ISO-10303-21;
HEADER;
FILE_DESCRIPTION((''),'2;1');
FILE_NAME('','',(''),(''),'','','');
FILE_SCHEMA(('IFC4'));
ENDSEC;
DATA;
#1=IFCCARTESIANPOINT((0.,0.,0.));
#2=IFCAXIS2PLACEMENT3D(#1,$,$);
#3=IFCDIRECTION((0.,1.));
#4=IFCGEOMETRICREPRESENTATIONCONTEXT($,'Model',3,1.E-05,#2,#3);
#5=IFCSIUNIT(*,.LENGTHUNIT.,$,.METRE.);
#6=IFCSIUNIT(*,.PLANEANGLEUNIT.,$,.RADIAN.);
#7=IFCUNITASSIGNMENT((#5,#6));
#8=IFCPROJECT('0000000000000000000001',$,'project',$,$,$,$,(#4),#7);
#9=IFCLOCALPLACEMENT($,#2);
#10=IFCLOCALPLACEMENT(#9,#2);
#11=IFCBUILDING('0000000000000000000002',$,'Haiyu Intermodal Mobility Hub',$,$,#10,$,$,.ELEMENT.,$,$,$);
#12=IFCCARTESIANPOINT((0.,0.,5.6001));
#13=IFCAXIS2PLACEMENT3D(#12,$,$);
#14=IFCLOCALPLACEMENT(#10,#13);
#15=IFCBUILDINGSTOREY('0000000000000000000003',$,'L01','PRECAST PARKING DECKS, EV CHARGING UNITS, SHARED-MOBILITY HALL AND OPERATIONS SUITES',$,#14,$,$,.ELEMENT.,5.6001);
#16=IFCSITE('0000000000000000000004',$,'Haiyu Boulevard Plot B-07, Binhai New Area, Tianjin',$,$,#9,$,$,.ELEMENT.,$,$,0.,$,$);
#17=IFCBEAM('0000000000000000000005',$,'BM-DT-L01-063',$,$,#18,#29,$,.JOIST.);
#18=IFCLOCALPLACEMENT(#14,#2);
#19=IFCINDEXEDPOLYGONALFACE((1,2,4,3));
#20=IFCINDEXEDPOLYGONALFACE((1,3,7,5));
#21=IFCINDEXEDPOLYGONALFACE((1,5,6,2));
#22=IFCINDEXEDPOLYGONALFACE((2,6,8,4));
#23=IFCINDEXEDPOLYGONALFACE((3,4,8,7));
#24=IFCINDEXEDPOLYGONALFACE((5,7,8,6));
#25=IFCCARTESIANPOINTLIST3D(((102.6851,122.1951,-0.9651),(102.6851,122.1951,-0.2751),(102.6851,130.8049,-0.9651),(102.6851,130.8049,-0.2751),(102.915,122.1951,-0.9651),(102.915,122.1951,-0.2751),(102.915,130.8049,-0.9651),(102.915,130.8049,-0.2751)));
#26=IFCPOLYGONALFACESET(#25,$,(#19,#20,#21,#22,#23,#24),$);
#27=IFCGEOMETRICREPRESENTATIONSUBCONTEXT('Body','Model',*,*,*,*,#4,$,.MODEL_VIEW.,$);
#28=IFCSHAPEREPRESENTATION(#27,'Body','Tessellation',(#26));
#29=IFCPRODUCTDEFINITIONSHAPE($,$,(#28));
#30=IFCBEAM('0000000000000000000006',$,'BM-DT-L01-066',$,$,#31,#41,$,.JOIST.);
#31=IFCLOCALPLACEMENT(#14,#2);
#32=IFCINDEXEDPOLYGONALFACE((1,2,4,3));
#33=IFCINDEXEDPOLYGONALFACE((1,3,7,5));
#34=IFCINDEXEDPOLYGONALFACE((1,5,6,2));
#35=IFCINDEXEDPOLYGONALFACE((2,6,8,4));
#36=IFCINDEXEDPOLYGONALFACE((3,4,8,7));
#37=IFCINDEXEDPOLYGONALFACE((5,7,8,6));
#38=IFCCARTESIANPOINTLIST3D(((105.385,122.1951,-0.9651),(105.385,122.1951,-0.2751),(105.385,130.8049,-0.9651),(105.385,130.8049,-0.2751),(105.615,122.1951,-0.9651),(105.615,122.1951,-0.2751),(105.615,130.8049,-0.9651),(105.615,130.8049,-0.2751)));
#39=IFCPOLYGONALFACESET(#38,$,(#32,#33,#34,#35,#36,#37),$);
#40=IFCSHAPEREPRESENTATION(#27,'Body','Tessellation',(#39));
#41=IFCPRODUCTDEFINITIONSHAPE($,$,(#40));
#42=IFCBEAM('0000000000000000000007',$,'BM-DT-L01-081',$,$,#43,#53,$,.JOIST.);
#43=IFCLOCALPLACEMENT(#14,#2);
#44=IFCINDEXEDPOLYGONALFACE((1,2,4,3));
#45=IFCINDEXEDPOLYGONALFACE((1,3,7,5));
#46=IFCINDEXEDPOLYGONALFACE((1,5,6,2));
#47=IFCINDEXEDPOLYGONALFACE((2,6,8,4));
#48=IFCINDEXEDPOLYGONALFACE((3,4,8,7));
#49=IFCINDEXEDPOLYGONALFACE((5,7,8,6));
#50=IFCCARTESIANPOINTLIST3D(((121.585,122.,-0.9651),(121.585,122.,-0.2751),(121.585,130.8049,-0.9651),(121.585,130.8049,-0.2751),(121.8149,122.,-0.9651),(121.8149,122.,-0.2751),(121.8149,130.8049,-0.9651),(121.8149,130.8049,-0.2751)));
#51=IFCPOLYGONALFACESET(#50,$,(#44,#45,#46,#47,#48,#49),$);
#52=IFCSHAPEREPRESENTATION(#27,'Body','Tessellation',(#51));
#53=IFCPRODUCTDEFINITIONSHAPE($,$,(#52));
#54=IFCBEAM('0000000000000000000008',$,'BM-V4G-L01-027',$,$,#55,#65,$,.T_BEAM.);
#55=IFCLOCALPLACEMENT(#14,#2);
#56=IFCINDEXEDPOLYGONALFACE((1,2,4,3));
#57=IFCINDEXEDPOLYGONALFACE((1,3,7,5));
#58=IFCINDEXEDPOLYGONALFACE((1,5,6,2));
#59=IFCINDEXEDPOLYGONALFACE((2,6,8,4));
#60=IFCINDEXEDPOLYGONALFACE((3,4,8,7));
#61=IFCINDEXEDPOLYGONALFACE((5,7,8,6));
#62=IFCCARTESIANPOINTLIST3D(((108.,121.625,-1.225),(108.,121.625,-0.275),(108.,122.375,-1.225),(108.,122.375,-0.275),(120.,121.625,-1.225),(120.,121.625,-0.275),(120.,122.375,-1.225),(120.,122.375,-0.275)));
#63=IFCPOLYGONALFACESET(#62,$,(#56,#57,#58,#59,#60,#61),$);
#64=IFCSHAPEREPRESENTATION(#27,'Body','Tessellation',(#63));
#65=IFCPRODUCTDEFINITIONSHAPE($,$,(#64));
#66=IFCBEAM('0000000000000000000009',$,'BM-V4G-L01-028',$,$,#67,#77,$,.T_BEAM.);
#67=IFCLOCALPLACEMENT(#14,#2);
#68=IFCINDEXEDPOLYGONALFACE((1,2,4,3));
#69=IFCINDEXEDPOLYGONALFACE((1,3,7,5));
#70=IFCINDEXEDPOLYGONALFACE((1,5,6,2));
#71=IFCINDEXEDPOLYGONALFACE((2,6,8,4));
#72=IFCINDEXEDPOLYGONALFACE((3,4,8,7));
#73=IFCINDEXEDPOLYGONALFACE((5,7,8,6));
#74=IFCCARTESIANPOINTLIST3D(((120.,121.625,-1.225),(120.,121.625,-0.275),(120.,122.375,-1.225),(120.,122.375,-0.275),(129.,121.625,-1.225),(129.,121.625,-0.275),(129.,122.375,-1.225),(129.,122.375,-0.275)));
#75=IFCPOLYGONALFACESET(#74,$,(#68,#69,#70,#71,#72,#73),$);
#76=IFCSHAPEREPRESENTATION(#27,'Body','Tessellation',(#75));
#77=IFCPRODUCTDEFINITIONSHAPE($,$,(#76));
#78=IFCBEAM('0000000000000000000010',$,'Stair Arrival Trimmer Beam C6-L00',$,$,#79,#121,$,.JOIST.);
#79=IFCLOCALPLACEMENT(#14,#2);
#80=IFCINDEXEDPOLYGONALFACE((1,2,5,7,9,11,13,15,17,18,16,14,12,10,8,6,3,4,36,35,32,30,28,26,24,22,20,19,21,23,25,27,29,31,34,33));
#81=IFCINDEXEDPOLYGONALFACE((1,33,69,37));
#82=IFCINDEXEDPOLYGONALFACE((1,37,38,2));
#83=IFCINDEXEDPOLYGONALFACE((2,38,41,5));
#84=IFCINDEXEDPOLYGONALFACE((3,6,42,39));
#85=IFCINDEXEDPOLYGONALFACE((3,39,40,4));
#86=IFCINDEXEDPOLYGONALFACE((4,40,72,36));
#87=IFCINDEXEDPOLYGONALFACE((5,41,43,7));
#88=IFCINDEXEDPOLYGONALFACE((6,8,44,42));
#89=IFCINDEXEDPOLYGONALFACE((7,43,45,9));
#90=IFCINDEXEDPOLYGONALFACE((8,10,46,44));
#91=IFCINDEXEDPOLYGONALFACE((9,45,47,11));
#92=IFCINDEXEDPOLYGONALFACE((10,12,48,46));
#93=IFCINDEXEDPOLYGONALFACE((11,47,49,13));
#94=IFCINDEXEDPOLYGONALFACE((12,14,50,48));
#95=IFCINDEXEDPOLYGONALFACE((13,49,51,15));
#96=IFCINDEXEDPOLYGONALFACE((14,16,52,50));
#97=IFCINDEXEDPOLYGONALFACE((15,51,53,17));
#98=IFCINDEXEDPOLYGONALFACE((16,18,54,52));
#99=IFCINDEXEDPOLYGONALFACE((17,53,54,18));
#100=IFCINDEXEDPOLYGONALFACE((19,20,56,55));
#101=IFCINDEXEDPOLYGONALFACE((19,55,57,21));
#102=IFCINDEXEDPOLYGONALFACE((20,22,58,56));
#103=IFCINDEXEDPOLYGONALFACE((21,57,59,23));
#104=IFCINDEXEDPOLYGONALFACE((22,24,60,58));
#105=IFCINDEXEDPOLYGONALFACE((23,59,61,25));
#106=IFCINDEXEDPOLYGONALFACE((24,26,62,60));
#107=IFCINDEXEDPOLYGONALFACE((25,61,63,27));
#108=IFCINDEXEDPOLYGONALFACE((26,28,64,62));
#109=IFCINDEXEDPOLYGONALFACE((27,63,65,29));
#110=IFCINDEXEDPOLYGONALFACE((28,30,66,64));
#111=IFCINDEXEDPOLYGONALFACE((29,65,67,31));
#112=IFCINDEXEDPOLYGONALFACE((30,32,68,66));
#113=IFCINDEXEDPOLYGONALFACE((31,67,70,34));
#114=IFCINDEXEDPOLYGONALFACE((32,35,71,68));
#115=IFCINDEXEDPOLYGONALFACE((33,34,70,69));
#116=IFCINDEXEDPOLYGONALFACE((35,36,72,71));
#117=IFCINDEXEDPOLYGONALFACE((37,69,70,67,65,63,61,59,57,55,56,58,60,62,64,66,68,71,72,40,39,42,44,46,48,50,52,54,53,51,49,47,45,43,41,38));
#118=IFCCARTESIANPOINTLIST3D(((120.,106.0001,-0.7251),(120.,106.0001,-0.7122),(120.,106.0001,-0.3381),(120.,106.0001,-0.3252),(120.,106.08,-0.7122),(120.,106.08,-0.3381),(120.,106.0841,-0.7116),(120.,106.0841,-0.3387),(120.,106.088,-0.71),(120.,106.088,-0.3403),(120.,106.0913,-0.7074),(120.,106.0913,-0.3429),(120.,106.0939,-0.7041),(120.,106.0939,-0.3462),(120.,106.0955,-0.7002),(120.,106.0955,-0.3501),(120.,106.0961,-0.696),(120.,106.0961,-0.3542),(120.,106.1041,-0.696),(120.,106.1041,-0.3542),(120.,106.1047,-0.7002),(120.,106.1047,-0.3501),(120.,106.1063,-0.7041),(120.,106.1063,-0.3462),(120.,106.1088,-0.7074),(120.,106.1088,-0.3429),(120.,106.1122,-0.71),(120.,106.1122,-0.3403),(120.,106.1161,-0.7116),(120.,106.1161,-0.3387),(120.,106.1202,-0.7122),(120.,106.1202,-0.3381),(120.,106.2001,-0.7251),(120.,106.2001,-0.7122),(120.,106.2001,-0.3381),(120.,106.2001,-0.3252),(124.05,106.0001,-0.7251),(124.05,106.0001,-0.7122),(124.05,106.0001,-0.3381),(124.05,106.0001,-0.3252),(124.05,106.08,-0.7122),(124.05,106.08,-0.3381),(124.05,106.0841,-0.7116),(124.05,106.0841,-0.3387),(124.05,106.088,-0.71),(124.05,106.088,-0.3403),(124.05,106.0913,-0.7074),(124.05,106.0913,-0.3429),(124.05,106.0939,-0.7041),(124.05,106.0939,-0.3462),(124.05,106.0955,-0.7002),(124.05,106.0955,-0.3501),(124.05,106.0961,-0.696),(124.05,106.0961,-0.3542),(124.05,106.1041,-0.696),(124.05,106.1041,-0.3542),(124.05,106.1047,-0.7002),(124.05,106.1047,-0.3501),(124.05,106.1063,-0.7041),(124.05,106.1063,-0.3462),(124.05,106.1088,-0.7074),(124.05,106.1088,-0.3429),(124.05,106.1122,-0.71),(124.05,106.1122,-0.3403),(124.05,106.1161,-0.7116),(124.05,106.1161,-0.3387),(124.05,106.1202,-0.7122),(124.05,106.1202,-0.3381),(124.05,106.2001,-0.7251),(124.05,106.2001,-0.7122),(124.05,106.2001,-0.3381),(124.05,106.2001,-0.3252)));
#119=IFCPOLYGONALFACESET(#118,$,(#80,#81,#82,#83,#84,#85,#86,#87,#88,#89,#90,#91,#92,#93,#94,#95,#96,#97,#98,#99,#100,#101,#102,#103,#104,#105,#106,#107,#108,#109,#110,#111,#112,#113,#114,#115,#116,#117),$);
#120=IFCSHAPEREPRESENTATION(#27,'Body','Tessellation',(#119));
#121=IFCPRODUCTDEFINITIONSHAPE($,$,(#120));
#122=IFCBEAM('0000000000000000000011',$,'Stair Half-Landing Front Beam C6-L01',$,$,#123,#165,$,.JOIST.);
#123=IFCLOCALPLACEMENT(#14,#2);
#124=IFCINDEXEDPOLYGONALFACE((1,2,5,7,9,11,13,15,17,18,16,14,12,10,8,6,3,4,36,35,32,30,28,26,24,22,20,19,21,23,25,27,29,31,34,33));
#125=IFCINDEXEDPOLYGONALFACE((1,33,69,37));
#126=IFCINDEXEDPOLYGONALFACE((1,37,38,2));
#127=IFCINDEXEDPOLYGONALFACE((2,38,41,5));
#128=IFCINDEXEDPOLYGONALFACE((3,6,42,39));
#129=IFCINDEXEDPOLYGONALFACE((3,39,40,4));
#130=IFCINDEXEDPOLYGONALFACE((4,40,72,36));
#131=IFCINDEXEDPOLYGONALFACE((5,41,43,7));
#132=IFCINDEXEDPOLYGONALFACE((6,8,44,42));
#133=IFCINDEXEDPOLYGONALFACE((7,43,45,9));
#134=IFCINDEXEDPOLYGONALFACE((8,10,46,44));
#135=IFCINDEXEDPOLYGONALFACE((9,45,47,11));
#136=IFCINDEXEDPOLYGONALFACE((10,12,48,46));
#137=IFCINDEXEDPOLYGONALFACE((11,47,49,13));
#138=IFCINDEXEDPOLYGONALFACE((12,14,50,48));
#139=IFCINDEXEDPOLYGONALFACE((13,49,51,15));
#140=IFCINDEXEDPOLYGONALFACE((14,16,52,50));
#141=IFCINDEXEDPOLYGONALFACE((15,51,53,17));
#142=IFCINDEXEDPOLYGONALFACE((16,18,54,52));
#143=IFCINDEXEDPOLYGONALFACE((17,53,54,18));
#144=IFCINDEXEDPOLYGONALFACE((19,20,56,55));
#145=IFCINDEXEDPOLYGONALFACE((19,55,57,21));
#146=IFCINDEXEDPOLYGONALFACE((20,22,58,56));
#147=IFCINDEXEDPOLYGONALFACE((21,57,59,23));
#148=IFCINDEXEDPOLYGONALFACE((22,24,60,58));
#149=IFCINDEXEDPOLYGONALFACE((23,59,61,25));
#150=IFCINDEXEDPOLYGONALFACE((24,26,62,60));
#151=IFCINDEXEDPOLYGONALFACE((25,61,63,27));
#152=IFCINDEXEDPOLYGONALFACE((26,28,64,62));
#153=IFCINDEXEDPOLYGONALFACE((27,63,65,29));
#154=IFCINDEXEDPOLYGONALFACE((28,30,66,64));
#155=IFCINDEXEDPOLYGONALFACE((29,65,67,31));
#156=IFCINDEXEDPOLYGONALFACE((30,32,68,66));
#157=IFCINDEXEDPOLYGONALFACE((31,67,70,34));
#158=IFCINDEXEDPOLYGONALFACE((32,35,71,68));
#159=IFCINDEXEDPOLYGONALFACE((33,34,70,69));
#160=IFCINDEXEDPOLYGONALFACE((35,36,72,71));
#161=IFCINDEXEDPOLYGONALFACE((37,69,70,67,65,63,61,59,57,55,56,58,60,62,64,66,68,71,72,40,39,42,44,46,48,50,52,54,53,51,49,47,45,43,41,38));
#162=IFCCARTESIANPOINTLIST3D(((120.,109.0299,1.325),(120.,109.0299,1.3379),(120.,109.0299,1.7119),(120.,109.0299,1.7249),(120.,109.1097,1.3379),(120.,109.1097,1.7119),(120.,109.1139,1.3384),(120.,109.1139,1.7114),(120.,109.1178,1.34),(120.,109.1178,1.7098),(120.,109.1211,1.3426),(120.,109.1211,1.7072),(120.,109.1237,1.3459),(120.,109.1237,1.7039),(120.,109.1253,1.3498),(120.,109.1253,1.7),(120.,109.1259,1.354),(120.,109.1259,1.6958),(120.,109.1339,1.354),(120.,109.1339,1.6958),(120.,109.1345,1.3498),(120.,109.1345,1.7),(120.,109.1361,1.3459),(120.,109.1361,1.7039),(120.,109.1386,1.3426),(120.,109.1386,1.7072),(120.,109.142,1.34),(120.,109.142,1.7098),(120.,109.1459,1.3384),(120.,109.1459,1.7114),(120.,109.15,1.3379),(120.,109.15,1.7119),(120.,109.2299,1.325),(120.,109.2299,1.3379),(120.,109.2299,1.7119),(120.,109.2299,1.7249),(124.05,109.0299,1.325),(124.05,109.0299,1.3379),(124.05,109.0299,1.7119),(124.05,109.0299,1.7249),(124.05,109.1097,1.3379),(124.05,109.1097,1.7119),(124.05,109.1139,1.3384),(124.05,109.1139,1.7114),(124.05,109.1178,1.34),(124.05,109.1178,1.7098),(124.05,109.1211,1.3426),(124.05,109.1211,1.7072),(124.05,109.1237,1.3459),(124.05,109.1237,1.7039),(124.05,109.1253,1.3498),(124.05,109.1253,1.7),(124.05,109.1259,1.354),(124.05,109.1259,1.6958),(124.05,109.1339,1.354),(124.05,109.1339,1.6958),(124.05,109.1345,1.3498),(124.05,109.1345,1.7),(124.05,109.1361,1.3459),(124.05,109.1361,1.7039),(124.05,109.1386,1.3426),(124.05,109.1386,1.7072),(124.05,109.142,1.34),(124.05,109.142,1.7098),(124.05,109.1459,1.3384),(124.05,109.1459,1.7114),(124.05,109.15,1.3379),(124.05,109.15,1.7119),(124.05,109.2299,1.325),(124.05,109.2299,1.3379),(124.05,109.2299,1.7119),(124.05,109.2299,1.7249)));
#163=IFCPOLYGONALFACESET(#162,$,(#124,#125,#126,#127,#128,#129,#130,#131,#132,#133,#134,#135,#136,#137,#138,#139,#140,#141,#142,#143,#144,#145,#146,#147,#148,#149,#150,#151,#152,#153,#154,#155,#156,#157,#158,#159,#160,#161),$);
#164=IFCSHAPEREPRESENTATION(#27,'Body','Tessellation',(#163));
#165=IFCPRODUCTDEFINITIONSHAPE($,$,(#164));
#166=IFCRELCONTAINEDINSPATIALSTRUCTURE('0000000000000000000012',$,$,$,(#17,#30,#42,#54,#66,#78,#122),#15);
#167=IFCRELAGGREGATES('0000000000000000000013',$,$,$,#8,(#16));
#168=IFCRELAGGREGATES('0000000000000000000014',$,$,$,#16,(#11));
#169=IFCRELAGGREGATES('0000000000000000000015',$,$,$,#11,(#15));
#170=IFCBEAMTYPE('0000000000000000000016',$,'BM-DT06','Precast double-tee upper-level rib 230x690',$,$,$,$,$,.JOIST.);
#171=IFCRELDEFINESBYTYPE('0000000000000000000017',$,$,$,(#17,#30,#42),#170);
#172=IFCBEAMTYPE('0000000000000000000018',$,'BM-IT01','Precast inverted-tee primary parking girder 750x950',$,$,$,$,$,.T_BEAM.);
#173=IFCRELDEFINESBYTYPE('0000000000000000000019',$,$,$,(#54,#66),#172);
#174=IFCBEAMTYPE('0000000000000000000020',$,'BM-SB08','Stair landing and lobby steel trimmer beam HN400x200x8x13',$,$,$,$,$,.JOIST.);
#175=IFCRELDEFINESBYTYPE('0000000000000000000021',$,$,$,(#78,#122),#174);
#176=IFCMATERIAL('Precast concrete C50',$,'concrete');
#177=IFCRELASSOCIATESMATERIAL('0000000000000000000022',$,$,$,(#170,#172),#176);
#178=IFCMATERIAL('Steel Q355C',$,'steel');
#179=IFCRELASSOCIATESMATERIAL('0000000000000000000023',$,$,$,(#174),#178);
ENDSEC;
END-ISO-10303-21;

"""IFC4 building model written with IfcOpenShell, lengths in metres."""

from ifc_helpers import new_model, si_unit, direction, frame, origin, origin_2d, place, context, subcontext, project, spatial, rectangle, i_section, extrude, material, material_profile, profile_set, type_object, element, save


model = new_model("IFC4")

# Units and contexts
model_context = context("Model", 3, precision=1e-05, world=origin(), true_north=direction((0.0, 1.0)))
body_context = subcontext(model_context, "Body", "Model", "MODEL_VIEW")
ifc_project = project(units=[si_unit("LENGTHUNIT", "METRE"), si_unit("PLANEANGLEUNIT", "RADIAN")], contexts=[model_context])

# Site, building, storey
site_placement = place(None, origin())
site = spatial("IfcSite", under=ifc_project, at=site_placement, Name="Haiyu Boulevard Plot B-07, Binhai New Area, Tianjin", CompositionType="ELEMENT", RefElevation=0.0)
building_placement = place(site_placement, origin())
building = spatial("IfcBuilding", under=site, at=building_placement, Name="Haiyu Intermodal Mobility Hub", CompositionType="ELEMENT")
storey_placement = place(building_placement, frame((0.0, 0.0, 5.6001)))
storey = spatial("IfcBuildingStorey", under=building, at=storey_placement, Name="L01", Description="PRECAST PARKING DECKS, EV CHARGING UNITS, SHARED-MOBILITY HALL AND OPERATIONS SUITES", CompositionType="ELEMENT", Elevation=5.6001)

# Beams
ifc_material_1 = material(Name="Precast concrete C50", Category="concrete")
ifc_material_profile_1 = material_profile(ifc_material_1, rectangle(XDim=0.23, YDim=0.6899, at=origin_2d()), Name="B230x690")
ifc_profile_set_1 = profile_set([ifc_material_profile_1], Name="Precast concrete C50")
beam_type_1 = type_object("IfcBeamType", Name="BM-DT06", Description="Precast double-tee upper-level rib 230x690", PredefinedType="JOIST", material=ifc_profile_set_1)
for number, where, z_axis, x_axis, name in (
    (1, (102.8, 122.1951, -0.6201), (0.0, 1.0, 0.0), (-1.0, 0.0, 0.0), "BM-DT-L01-063"),
    (2, (105.5, 122.1951, -0.6201), (0.0, 1.0, 0.0), (-1.0, 0.0, 0.0), "BM-DT-L01-066"),
):
    element("IfcBeam", number, at=place(storey_placement, frame(where, z_axis=z_axis, x_axis=x_axis)), inside=storey, type_object=beam_type_1, Name=name, PredefinedType="JOIST", context=body_context, shape_type="SweptSolid", body=[
        extrude(rectangle(XDim=0.23, YDim=0.6899, at=origin_2d()), origin(), (0.0, 0.0, 1.0), 8.6099),
    ])
beam_1_placement = place(storey_placement, frame((121.7, 122.0, -0.6201), z_axis=(0.0, 1.0, 0.0), x_axis=(-1.0, 0.0, 0.0)))
element("IfcBeam", 3, at=beam_1_placement, inside=storey, type_object=beam_type_1, Name="BM-DT-L01-081", PredefinedType="JOIST", context=body_context, shape_type="SweptSolid", body=[
    extrude(rectangle(XDim=0.23, YDim=0.6899, at=origin_2d()), origin(), (0.0, 0.0, 1.0), 8.8049),
])
ifc_material_profile_2 = material_profile(ifc_material_1, rectangle(XDim=0.75, YDim=0.95, at=origin_2d()), Name="PC750x950")
ifc_profile_set_2 = profile_set([ifc_material_profile_2], Name="Precast concrete C50")
beam_type_2 = type_object("IfcBeamType", Name="BM-IT01", Description="Precast inverted-tee primary parking girder 750x950", PredefinedType="T_BEAM", material=ifc_profile_set_2)
beam_2_placement = place(storey_placement, frame((108.0, 122.0, -0.75), z_axis=(1.0, 0.0, 0.0), x_axis=(0.0, 1.0, 0.0)))
element("IfcBeam", 4, at=beam_2_placement, inside=storey, type_object=beam_type_2, Name="BM-V4G-L01-027", PredefinedType="T_BEAM", context=body_context, shape_type="SweptSolid", body=[
    extrude(rectangle(XDim=0.75, YDim=0.95, at=origin_2d()), origin(), (0.0, 0.0, 1.0), 12.0),
])
beam_3_placement = place(storey_placement, frame((120.0, 122.0, -0.75), z_axis=(1.0, 0.0, 0.0), x_axis=(0.0, 1.0, 0.0)))
element("IfcBeam", 5, at=beam_3_placement, inside=storey, type_object=beam_type_2, Name="BM-V4G-L01-028", PredefinedType="T_BEAM", context=body_context, shape_type="SweptSolid", body=[
    extrude(rectangle(XDim=0.75, YDim=0.95, at=origin_2d()), origin(), (0.0, 0.0, 1.0), 9.0),
])
ifc_material_2 = material(Name="Steel Q355C", Category="steel")
ifc_material_profile_3 = material_profile(ifc_material_2, i_section(OverallWidth=0.2, OverallDepth=0.3999, WebThickness=0.0081, FlangeThickness=0.0129, FilletRadius=0.0161, at=origin_2d()), Name="HN400x200x8x13")
ifc_profile_set_3 = profile_set([ifc_material_profile_3], Name="Steel Q355C")
beam_type_3 = type_object("IfcBeamType", Name="BM-SB08", Description="Stair landing and lobby steel trimmer beam HN400x200x8x13", PredefinedType="JOIST", material=ifc_profile_set_3)
for number, where, z_axis, x_axis, name in (
    (6, (120.0, 106.1001, -0.5251), (1.0, 0.0, 0.0), (0.0, 1.0, 0.0), "Stair Arrival Trimmer Beam C6-L00"),
    (7, (120.0, 109.1299, 1.5249), (1.0, 0.0, 0.0), (0.0, 1.0, 0.0), "Stair Half-Landing Front Beam C6-L01"),
):
    element("IfcBeam", number, at=place(storey_placement, frame(where, z_axis=z_axis, x_axis=x_axis)), inside=storey, type_object=beam_type_3, Name=name, PredefinedType="JOIST", context=body_context, shape_type="SweptSolid", body=[
        extrude(i_section(OverallWidth=0.2, OverallDepth=0.3999, WebThickness=0.0081, FlangeThickness=0.0129, FilletRadius=0.0161, at=origin_2d()), origin(), (0.0, 0.0, 1.0), 4.05),
    ])

save(model, "model.ifc")
